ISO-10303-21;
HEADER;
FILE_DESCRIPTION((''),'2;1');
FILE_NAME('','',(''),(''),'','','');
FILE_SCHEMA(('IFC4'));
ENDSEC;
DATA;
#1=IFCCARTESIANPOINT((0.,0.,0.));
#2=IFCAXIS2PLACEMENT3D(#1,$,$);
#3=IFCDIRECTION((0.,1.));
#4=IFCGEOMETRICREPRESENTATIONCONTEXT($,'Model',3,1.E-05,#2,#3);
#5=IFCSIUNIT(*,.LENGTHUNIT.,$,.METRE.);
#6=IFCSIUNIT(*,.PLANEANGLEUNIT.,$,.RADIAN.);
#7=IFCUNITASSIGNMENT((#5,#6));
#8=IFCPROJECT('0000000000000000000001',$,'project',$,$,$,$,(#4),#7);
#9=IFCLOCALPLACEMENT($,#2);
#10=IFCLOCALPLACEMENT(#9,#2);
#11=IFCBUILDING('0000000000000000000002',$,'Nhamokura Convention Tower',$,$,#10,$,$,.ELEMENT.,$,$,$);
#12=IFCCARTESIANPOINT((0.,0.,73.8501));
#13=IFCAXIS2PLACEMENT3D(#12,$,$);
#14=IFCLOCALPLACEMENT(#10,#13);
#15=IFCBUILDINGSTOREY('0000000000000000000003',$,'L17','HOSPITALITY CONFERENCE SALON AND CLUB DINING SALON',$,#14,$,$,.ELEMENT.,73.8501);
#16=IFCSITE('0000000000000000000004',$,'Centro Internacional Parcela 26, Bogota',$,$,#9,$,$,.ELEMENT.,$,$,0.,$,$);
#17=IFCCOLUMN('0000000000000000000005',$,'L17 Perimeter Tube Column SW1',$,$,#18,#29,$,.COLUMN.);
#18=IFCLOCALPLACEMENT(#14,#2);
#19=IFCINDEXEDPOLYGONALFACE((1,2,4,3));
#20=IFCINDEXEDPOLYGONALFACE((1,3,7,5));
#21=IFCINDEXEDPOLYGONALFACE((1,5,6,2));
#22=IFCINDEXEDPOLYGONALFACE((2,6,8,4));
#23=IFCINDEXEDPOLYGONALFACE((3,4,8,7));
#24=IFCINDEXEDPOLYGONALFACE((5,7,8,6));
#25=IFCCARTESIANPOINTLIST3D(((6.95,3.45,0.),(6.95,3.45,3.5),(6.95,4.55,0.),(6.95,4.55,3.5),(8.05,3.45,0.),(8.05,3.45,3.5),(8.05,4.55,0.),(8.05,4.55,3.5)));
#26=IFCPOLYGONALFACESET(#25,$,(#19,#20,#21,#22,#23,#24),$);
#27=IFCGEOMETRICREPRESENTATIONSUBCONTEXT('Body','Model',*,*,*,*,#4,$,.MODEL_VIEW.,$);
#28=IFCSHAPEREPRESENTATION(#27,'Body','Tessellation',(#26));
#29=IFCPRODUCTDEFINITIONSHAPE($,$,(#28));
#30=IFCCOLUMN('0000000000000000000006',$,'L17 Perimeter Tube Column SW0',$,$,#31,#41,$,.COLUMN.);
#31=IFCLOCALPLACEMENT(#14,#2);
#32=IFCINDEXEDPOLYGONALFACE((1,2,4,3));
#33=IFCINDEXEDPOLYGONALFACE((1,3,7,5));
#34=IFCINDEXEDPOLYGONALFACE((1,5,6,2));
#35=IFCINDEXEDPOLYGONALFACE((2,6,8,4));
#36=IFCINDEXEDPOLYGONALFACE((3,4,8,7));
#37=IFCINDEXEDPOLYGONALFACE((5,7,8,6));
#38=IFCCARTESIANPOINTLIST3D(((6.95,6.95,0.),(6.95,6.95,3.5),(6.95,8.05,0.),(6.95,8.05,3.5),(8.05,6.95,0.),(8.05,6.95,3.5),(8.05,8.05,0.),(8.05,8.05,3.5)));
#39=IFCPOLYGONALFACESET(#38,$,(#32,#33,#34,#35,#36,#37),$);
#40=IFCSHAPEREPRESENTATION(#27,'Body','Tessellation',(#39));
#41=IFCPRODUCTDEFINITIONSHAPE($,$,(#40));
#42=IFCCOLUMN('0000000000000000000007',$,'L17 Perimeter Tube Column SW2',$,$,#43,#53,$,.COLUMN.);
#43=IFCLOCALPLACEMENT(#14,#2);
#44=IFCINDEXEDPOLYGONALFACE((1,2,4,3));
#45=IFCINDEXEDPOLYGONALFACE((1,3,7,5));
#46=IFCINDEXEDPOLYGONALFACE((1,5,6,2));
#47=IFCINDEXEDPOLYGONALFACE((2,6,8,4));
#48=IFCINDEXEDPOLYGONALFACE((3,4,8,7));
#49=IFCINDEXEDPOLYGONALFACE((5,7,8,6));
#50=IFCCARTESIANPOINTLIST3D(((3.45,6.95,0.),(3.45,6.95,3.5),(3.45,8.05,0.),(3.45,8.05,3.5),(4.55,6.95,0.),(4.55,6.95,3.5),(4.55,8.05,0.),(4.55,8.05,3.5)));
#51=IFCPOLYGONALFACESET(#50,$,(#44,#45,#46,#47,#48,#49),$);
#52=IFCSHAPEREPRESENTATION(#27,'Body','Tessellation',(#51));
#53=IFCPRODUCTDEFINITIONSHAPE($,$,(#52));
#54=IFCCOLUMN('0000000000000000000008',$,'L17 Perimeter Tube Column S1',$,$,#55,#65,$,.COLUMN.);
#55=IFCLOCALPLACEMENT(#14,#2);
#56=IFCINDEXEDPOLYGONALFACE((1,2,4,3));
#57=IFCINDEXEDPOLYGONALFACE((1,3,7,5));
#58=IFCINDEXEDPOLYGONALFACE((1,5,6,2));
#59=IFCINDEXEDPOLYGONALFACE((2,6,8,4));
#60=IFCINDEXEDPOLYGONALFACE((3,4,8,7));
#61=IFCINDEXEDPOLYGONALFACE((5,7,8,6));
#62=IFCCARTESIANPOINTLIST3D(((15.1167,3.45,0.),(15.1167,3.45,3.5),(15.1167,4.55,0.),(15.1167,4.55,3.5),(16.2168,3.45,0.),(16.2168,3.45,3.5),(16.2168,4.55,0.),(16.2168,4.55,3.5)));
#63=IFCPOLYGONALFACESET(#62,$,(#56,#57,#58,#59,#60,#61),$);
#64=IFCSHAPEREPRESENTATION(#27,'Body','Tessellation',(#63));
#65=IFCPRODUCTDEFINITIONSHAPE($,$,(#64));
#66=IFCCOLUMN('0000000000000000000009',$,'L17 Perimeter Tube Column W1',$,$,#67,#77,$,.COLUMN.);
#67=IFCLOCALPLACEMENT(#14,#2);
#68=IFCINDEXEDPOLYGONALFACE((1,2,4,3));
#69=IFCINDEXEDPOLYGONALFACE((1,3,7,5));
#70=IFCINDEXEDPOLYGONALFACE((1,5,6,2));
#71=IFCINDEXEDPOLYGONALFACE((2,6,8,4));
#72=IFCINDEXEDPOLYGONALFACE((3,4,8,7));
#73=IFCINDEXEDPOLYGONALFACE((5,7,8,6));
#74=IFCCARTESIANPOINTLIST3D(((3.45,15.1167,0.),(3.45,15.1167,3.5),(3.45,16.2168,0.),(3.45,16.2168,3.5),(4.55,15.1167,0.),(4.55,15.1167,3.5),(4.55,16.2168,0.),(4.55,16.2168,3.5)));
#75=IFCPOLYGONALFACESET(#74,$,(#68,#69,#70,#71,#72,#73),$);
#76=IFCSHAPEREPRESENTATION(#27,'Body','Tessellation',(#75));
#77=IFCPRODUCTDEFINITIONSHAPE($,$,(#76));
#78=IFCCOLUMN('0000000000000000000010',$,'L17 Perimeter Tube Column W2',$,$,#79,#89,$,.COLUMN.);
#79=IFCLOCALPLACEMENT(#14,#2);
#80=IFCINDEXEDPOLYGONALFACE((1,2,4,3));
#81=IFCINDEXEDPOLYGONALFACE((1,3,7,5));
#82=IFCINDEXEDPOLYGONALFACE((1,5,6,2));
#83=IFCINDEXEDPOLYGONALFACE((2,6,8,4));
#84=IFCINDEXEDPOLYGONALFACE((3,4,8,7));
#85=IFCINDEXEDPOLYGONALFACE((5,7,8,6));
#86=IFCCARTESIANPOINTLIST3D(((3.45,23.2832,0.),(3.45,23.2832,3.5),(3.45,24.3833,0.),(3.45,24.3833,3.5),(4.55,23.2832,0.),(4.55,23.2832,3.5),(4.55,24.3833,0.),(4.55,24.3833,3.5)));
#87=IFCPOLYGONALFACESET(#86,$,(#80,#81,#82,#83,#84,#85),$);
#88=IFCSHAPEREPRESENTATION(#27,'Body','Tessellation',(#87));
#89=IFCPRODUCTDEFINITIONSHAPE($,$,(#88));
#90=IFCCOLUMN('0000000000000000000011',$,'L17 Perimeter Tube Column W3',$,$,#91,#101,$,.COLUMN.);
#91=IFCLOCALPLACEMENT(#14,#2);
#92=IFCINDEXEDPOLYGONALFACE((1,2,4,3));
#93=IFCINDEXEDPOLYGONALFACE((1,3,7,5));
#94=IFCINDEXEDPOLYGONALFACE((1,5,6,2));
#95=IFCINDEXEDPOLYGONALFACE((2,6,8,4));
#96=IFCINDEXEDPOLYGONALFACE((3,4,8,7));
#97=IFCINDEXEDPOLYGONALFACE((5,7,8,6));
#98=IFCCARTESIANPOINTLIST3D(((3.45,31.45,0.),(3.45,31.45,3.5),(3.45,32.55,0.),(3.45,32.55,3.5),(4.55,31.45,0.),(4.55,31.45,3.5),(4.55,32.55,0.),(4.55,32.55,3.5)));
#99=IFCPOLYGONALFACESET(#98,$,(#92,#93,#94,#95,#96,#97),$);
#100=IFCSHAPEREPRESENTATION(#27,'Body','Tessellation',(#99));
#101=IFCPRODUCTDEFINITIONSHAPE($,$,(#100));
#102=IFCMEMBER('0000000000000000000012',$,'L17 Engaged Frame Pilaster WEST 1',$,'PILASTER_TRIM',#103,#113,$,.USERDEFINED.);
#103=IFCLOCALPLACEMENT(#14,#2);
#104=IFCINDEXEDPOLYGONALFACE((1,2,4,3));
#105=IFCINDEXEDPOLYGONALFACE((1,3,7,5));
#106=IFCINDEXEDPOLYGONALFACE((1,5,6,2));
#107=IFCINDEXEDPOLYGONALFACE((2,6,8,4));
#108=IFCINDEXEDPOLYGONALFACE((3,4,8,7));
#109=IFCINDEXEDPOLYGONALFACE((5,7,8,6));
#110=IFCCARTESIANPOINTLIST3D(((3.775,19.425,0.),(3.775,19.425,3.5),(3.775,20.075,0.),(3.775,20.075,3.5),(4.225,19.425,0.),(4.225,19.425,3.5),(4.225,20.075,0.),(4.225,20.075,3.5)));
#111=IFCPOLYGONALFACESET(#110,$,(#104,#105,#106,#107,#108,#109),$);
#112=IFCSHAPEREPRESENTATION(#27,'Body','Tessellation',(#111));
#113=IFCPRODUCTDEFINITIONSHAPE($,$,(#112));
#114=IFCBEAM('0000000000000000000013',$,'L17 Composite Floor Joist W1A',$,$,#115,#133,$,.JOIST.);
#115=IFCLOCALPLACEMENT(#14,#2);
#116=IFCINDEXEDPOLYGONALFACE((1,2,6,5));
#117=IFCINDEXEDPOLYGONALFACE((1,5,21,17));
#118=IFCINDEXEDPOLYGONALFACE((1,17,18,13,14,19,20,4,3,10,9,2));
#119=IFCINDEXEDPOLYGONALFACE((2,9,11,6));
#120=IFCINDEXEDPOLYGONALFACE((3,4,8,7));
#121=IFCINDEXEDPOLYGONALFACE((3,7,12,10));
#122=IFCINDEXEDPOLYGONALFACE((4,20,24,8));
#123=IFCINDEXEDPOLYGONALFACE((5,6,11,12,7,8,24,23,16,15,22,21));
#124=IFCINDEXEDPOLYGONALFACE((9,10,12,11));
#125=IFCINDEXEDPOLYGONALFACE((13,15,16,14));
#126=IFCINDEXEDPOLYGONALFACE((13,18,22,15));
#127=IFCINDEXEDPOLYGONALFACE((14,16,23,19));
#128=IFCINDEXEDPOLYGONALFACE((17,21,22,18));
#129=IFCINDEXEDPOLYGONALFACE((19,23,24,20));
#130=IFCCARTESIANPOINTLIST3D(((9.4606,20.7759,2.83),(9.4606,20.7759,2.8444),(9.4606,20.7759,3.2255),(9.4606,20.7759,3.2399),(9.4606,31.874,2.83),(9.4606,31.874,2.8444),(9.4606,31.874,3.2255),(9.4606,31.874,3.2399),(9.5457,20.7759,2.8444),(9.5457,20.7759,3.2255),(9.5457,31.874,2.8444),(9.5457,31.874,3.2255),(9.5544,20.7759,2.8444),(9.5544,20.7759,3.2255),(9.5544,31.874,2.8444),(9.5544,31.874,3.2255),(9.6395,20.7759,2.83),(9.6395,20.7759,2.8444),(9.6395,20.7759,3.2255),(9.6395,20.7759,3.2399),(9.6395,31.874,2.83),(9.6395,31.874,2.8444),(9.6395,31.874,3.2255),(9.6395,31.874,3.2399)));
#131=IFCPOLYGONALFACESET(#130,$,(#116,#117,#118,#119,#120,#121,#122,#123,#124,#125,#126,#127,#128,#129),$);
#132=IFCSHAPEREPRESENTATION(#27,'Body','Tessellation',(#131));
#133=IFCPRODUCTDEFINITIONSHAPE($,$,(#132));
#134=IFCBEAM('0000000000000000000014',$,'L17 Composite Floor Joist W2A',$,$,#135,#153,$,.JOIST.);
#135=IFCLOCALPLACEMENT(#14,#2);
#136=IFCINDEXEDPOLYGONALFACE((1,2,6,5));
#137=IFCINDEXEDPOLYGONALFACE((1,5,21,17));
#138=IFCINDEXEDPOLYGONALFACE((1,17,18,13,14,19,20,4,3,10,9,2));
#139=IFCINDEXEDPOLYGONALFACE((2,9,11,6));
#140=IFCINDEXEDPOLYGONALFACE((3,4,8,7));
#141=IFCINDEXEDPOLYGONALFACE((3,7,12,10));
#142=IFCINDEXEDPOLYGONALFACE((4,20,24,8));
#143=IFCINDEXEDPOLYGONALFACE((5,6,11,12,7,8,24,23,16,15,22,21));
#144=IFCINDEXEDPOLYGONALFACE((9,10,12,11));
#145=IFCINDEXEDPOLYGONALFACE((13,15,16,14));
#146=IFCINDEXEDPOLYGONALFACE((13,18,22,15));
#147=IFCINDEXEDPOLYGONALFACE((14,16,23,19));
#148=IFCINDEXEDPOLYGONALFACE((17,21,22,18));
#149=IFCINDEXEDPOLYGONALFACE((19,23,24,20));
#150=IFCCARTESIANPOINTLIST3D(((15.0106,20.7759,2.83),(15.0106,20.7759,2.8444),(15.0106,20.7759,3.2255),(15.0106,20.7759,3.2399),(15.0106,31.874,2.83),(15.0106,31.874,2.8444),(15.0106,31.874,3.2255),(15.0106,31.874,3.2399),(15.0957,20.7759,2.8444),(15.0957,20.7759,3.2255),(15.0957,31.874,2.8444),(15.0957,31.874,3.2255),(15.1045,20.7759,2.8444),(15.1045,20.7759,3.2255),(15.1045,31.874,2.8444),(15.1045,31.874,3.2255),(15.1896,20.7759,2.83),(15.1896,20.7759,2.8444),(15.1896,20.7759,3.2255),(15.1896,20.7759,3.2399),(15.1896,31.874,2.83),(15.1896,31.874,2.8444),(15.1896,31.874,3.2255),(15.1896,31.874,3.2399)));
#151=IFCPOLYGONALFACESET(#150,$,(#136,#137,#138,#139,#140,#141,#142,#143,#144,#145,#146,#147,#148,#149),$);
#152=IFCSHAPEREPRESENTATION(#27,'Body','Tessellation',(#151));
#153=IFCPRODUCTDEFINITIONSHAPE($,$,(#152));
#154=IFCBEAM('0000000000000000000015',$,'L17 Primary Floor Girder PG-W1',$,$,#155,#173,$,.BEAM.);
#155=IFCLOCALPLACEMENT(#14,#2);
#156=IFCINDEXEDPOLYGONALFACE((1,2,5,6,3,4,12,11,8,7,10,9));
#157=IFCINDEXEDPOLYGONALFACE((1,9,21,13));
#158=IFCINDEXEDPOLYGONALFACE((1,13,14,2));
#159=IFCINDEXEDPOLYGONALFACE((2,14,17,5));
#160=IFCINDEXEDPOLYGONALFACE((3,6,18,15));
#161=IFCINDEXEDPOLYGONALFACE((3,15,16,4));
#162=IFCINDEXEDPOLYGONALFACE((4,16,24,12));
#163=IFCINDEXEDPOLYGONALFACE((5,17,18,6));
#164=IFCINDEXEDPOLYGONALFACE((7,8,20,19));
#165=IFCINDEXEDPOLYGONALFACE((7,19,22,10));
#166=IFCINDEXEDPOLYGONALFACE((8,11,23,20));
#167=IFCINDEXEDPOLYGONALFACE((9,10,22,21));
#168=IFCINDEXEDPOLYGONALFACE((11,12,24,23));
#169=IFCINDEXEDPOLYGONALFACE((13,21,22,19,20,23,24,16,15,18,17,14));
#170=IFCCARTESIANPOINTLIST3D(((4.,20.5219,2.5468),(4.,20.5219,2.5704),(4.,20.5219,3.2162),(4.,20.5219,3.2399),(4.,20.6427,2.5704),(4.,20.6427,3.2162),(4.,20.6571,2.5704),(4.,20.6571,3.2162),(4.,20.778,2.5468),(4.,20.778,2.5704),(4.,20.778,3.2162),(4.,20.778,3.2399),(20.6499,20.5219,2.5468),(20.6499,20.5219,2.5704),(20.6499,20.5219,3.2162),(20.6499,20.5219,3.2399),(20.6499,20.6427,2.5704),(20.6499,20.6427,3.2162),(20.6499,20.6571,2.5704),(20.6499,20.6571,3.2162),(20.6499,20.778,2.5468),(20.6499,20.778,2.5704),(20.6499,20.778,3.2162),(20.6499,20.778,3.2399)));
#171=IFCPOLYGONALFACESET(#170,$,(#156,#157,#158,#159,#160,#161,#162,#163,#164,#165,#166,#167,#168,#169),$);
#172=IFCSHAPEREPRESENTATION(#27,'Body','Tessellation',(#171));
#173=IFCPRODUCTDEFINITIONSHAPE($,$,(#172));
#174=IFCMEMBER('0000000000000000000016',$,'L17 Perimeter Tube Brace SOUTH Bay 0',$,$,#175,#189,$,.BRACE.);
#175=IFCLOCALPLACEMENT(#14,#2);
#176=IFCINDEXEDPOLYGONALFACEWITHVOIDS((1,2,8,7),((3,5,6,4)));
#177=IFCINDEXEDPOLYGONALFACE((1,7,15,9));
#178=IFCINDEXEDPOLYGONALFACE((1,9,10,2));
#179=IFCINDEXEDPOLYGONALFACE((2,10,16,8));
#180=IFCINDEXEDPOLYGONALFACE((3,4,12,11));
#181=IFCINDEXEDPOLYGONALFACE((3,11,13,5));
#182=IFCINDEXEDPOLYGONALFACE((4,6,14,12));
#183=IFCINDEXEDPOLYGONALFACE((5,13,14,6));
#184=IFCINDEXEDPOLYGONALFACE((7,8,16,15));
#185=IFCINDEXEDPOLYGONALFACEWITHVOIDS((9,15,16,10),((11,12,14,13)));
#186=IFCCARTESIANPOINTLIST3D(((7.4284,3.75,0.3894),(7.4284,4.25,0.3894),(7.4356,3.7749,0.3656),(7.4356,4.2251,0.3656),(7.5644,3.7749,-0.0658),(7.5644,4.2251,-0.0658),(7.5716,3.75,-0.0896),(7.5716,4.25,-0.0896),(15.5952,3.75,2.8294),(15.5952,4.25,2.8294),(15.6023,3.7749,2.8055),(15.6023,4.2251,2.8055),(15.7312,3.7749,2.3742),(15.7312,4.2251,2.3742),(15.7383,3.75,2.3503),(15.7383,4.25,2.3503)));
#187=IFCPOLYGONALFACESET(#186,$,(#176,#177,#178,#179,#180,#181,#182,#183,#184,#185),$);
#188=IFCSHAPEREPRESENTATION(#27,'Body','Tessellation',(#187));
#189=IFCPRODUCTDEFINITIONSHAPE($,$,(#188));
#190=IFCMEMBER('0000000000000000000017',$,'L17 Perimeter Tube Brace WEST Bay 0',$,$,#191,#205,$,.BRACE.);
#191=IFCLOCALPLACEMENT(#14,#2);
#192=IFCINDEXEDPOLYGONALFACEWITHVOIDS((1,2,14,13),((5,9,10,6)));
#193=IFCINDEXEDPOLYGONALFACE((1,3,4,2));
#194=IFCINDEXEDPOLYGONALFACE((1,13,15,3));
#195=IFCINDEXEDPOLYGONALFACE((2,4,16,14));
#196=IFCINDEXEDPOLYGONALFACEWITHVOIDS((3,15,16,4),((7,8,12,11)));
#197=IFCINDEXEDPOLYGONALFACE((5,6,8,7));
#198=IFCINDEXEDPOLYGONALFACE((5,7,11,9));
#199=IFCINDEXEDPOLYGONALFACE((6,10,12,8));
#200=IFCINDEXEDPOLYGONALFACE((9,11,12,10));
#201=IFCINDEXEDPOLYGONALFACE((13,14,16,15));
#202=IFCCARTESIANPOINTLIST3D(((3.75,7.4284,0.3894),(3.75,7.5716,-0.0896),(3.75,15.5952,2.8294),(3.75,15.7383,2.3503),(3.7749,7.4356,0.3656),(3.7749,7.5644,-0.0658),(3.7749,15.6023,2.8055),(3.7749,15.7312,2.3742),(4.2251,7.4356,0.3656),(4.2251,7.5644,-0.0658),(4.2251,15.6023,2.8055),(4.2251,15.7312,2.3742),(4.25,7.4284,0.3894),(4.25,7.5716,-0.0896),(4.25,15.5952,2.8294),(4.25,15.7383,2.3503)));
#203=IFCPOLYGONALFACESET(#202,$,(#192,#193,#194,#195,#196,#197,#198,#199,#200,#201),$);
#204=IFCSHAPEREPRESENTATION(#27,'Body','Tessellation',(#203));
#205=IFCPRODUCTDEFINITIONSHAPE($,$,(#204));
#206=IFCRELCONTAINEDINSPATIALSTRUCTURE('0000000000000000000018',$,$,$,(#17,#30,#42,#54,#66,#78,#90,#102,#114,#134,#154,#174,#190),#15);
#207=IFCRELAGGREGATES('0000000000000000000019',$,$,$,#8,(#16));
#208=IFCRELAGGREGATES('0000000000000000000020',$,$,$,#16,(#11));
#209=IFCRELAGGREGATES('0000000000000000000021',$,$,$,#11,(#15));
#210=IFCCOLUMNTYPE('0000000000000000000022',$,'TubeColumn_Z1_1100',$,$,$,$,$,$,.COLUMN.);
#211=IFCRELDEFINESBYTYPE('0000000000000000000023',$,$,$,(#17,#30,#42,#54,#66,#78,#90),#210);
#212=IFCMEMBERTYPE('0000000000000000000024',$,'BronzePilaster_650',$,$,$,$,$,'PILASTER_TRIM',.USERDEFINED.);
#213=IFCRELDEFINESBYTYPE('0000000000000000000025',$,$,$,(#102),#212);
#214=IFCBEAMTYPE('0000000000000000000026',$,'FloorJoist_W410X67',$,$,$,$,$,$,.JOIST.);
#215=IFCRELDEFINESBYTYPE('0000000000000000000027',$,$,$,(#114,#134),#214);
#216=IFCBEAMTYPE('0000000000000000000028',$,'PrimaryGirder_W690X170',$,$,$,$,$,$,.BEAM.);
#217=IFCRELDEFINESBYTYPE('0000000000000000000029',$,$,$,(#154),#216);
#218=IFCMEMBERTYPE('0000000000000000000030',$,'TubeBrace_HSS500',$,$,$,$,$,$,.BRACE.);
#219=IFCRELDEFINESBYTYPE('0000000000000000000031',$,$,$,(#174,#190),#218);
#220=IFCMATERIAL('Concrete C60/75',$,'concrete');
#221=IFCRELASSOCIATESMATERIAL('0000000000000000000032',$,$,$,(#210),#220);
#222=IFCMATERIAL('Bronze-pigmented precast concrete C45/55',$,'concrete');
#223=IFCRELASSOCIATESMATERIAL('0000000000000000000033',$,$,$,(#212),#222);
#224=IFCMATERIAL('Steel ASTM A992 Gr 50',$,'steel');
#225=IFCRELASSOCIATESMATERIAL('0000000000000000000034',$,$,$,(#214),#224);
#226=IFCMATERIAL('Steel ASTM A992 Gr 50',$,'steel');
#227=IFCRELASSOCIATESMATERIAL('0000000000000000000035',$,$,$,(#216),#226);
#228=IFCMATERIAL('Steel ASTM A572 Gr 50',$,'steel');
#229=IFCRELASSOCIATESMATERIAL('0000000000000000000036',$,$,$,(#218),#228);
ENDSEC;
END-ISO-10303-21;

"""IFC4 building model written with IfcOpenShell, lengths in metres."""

from ifc_helpers import new_model, si_unit, direction, frame, origin, origin_2d, place, context, subcontext, project, spatial, rectangle, hollow_rectangle, i_section, extrude, material, material_profile, profile_set, type_object, element, save


model = new_model("IFC4")

# Units and contexts
model_context = context("Model", 3, precision=1e-05, world=origin(), true_north=direction((0.0, 1.0)))
body_context = subcontext(model_context, "Body", "Model", "MODEL_VIEW")
ifc_project = project(units=[si_unit("LENGTHUNIT", "METRE"), si_unit("PLANEANGLEUNIT", "RADIAN")], contexts=[model_context])

# Site, building, storey
site_placement = place(None, origin())
site = spatial("IfcSite", under=ifc_project, at=site_placement, Name="Centro Internacional Parcela 26, Bogota", CompositionType="ELEMENT", RefElevation=0.0)
building_placement = place(site_placement, origin())
building = spatial("IfcBuilding", under=site, at=building_placement, Name="Nhamokura Convention Tower", CompositionType="ELEMENT")
storey_placement = place(building_placement, frame((0.0, 0.0, 73.8501)))
storey = spatial("IfcBuildingStorey", under=building, at=storey_placement, Name="L17", Description="HOSPITALITY CONFERENCE SALON AND CLUB DINING SALON", CompositionType="ELEMENT", Elevation=73.8501)

# Columns
ifc_material_1 = material(Name="Concrete C60/75", Category="concrete")
ifc_material_profile_1 = material_profile(ifc_material_1, rectangle(XDim=1.1001, YDim=1.1001, at=origin_2d()))
ifc_profile_set_1 = profile_set([ifc_material_profile_1], Name="Concrete C60/75")
column_type = type_object("IfcColumnType", Name="TubeColumn_Z1_1100", PredefinedType="COLUMN", material=ifc_profile_set_1)
for number, where, z_axis, x_axis, name in (
    (1, (7.5, 4.0, 0.0), (0.0, 0.0, 1.0), (1.0, 0.0, 0.0), "L17 Perimeter Tube Column SW1"),
    (2, (7.5, 7.5, 0.0), (0.0, 0.0, 1.0), (1.0, 0.0, 0.0), "L17 Perimeter Tube Column SW0"),
    (3, (4.0, 7.5, 0.0), (0.0, 0.0, 1.0), (1.0, 0.0, 0.0), "L17 Perimeter Tube Column SW2"),
    (4, (15.6667, 4.0, 0.0), (0.0, 0.0, 1.0), (1.0, 0.0, 0.0), "L17 Perimeter Tube Column S1"),
    (5, (4.0, 15.6667, 0.0), (0.0, 0.0, 1.0), (1.0, 0.0, 0.0), "L17 Perimeter Tube Column W1"),
    (6, (4.0, 23.8333, 0.0), (0.0, 0.0, 1.0), (1.0, 0.0, 0.0), "L17 Perimeter Tube Column W2"),
    (7, (4.0, 32.0, 0.0), (0.0, 0.0, 1.0), (1.0, 0.0, 0.0), "L17 Perimeter Tube Column W3"),
):
    element("IfcColumn", number, at=place(storey_placement, frame(where, z_axis=z_axis, x_axis=x_axis)), inside=storey, type_object=column_type, Name=name, PredefinedType="COLUMN", context=body_context, shape_type="SweptSolid", body=[
        extrude(rectangle(XDim=1.1001, YDim=1.1001, at=origin_2d()), origin(), (0.0, 0.0, 1.0), 3.5),
    ])

# Member
ifc_material_2 = material(Name="Bronze-pigmented precast concrete C45/55", Category="concrete")
ifc_material_profile_2 = material_profile(ifc_material_2, rectangle(XDim=0.45, YDim=0.6499, at=origin_2d()))
ifc_profile_set_2 = profile_set([ifc_material_profile_2], Name="Bronze-pigmented precast concrete C45/55")
member_type_1 = type_object("IfcMemberType", Name="BronzePilaster_650", ElementType="PILASTER_TRIM", PredefinedType="USERDEFINED", material=ifc_profile_set_2)
member_placement = place(storey_placement, frame((4.0, 19.75, 0.0), z_axis=(0.0, 0.0, 1.0), x_axis=(1.0, 0.0, 0.0)))
element("IfcMember", 8, at=member_placement, inside=storey, type_object=member_type_1, Name="L17 Engaged Frame Pilaster WEST 1", ObjectType="PILASTER_TRIM", PredefinedType="USERDEFINED", context=body_context, shape_type="SweptSolid", body=[
    extrude(rectangle(XDim=0.45, YDim=0.6499, at=origin_2d()), origin(), (0.0, 0.0, 1.0), 3.5),
])

# Beams
ifc_material_3 = material(Name="Steel ASTM A992 Gr 50", Category="steel")
ifc_material_profile_3 = material_profile(ifc_material_3, i_section(OverallWidth=0.179, OverallDepth=0.4099, WebThickness=0.0088, FlangeThickness=0.0144, at=origin_2d()))
ifc_profile_set_3 = profile_set([ifc_material_profile_3], Name="Steel ASTM A992 Gr 50")
beam_type_1 = type_object("IfcBeamType", Name="FloorJoist_W410X67", PredefinedType="JOIST", material=ifc_profile_set_3)
for number, where, z_axis, x_axis, name in (
    (9, (9.55, 20.7759, 3.0349), (0.0, 1.0, 0.0), (-1.0, 0.0, 0.0), "L17 Composite Floor Joist W1A"),
    (10, (15.1001, 20.7759, 3.0349), (0.0, 1.0, 0.0), (-1.0, 0.0, 0.0), "L17 Composite Floor Joist W2A"),
):
    element("IfcBeam", number, at=place(storey_placement, frame(where, z_axis=z_axis, x_axis=x_axis)), inside=storey, type_object=beam_type_1, Name=name, PredefinedType="JOIST", context=body_context, shape_type="SweptSolid", body=[
        extrude(i_section(OverallWidth=0.179, OverallDepth=0.4099, WebThickness=0.0088, FlangeThickness=0.0144, at=origin_2d()), origin(), (0.0, 0.0, 1.0), 11.0981),
    ])
ifc_material_4 = material(Name="Steel ASTM A992 Gr 50", Category="steel")
ifc_material_profile_4 = material_profile(ifc_material_4, i_section(OverallWidth=0.2561, OverallDepth=0.6931, WebThickness=0.0144, FlangeThickness=0.0237, at=origin_2d()))
ifc_profile_set_4 = profile_set([ifc_material_profile_4], Name="Steel ASTM A992 Gr 50")
beam_type_2 = type_object("IfcBeamType", Name="PrimaryGirder_W690X170", PredefinedType="BEAM", material=ifc_profile_set_4)
beam_1_placement = place(storey_placement, frame((4.0, 20.6499, 2.8933), z_axis=(1.0, 0.0, 0.0), x_axis=(0.0, 1.0, 0.0)))
element("IfcBeam", 11, at=beam_1_placement, inside=storey, type_object=beam_type_2, Name="L17 Primary Floor Girder PG-W1", PredefinedType="BEAM", context=body_context, shape_type="SweptSolid", body=[
    extrude(i_section(OverallWidth=0.2561, OverallDepth=0.6931, WebThickness=0.0144, FlangeThickness=0.0237, at=origin_2d()), origin(), (0.0, 0.0, 1.0), 16.6499),
])

# Members
ifc_material_5 = material(Name="Steel ASTM A572 Gr 50", Category="steel")
ifc_material_profile_5 = material_profile(ifc_material_5, hollow_rectangle(XDim=0.5, YDim=0.5, WallThickness=0.0249, at=origin_2d()))
ifc_profile_set_5 = profile_set([ifc_material_profile_5], Name="Steel ASTM A572 Gr 50")
member_type_2 = type_object("IfcMemberType", Name="TubeBrace_HSS500", PredefinedType="BRACE", material=ifc_profile_set_5)
for number, where, z_axis, x_axis, name in (
    (12, (7.5, 4.0, 0.1499), (0.958151, 0.0, 0.286262), (0.0, 1.0, 0.0), "L17 Perimeter Tube Brace SOUTH Bay 0"),
    (13, (4.0, 7.5, 0.1499), (0.0, 0.958151, 0.286262), (-1.0, 0.0, 0.0), "L17 Perimeter Tube Brace WEST Bay 0"),
):
    element("IfcMember", number, at=place(storey_placement, frame(where, z_axis=z_axis, x_axis=x_axis)), inside=storey, type_object=member_type_2, Name=name, PredefinedType="BRACE", context=body_context, shape_type="SweptSolid", body=[
        extrude(hollow_rectangle(XDim=0.5, YDim=0.5, WallThickness=0.0249, at=origin_2d()), origin(), (0.0, 0.0, 1.0), 8.5234),
    ])

save(model, "model.ifc")
